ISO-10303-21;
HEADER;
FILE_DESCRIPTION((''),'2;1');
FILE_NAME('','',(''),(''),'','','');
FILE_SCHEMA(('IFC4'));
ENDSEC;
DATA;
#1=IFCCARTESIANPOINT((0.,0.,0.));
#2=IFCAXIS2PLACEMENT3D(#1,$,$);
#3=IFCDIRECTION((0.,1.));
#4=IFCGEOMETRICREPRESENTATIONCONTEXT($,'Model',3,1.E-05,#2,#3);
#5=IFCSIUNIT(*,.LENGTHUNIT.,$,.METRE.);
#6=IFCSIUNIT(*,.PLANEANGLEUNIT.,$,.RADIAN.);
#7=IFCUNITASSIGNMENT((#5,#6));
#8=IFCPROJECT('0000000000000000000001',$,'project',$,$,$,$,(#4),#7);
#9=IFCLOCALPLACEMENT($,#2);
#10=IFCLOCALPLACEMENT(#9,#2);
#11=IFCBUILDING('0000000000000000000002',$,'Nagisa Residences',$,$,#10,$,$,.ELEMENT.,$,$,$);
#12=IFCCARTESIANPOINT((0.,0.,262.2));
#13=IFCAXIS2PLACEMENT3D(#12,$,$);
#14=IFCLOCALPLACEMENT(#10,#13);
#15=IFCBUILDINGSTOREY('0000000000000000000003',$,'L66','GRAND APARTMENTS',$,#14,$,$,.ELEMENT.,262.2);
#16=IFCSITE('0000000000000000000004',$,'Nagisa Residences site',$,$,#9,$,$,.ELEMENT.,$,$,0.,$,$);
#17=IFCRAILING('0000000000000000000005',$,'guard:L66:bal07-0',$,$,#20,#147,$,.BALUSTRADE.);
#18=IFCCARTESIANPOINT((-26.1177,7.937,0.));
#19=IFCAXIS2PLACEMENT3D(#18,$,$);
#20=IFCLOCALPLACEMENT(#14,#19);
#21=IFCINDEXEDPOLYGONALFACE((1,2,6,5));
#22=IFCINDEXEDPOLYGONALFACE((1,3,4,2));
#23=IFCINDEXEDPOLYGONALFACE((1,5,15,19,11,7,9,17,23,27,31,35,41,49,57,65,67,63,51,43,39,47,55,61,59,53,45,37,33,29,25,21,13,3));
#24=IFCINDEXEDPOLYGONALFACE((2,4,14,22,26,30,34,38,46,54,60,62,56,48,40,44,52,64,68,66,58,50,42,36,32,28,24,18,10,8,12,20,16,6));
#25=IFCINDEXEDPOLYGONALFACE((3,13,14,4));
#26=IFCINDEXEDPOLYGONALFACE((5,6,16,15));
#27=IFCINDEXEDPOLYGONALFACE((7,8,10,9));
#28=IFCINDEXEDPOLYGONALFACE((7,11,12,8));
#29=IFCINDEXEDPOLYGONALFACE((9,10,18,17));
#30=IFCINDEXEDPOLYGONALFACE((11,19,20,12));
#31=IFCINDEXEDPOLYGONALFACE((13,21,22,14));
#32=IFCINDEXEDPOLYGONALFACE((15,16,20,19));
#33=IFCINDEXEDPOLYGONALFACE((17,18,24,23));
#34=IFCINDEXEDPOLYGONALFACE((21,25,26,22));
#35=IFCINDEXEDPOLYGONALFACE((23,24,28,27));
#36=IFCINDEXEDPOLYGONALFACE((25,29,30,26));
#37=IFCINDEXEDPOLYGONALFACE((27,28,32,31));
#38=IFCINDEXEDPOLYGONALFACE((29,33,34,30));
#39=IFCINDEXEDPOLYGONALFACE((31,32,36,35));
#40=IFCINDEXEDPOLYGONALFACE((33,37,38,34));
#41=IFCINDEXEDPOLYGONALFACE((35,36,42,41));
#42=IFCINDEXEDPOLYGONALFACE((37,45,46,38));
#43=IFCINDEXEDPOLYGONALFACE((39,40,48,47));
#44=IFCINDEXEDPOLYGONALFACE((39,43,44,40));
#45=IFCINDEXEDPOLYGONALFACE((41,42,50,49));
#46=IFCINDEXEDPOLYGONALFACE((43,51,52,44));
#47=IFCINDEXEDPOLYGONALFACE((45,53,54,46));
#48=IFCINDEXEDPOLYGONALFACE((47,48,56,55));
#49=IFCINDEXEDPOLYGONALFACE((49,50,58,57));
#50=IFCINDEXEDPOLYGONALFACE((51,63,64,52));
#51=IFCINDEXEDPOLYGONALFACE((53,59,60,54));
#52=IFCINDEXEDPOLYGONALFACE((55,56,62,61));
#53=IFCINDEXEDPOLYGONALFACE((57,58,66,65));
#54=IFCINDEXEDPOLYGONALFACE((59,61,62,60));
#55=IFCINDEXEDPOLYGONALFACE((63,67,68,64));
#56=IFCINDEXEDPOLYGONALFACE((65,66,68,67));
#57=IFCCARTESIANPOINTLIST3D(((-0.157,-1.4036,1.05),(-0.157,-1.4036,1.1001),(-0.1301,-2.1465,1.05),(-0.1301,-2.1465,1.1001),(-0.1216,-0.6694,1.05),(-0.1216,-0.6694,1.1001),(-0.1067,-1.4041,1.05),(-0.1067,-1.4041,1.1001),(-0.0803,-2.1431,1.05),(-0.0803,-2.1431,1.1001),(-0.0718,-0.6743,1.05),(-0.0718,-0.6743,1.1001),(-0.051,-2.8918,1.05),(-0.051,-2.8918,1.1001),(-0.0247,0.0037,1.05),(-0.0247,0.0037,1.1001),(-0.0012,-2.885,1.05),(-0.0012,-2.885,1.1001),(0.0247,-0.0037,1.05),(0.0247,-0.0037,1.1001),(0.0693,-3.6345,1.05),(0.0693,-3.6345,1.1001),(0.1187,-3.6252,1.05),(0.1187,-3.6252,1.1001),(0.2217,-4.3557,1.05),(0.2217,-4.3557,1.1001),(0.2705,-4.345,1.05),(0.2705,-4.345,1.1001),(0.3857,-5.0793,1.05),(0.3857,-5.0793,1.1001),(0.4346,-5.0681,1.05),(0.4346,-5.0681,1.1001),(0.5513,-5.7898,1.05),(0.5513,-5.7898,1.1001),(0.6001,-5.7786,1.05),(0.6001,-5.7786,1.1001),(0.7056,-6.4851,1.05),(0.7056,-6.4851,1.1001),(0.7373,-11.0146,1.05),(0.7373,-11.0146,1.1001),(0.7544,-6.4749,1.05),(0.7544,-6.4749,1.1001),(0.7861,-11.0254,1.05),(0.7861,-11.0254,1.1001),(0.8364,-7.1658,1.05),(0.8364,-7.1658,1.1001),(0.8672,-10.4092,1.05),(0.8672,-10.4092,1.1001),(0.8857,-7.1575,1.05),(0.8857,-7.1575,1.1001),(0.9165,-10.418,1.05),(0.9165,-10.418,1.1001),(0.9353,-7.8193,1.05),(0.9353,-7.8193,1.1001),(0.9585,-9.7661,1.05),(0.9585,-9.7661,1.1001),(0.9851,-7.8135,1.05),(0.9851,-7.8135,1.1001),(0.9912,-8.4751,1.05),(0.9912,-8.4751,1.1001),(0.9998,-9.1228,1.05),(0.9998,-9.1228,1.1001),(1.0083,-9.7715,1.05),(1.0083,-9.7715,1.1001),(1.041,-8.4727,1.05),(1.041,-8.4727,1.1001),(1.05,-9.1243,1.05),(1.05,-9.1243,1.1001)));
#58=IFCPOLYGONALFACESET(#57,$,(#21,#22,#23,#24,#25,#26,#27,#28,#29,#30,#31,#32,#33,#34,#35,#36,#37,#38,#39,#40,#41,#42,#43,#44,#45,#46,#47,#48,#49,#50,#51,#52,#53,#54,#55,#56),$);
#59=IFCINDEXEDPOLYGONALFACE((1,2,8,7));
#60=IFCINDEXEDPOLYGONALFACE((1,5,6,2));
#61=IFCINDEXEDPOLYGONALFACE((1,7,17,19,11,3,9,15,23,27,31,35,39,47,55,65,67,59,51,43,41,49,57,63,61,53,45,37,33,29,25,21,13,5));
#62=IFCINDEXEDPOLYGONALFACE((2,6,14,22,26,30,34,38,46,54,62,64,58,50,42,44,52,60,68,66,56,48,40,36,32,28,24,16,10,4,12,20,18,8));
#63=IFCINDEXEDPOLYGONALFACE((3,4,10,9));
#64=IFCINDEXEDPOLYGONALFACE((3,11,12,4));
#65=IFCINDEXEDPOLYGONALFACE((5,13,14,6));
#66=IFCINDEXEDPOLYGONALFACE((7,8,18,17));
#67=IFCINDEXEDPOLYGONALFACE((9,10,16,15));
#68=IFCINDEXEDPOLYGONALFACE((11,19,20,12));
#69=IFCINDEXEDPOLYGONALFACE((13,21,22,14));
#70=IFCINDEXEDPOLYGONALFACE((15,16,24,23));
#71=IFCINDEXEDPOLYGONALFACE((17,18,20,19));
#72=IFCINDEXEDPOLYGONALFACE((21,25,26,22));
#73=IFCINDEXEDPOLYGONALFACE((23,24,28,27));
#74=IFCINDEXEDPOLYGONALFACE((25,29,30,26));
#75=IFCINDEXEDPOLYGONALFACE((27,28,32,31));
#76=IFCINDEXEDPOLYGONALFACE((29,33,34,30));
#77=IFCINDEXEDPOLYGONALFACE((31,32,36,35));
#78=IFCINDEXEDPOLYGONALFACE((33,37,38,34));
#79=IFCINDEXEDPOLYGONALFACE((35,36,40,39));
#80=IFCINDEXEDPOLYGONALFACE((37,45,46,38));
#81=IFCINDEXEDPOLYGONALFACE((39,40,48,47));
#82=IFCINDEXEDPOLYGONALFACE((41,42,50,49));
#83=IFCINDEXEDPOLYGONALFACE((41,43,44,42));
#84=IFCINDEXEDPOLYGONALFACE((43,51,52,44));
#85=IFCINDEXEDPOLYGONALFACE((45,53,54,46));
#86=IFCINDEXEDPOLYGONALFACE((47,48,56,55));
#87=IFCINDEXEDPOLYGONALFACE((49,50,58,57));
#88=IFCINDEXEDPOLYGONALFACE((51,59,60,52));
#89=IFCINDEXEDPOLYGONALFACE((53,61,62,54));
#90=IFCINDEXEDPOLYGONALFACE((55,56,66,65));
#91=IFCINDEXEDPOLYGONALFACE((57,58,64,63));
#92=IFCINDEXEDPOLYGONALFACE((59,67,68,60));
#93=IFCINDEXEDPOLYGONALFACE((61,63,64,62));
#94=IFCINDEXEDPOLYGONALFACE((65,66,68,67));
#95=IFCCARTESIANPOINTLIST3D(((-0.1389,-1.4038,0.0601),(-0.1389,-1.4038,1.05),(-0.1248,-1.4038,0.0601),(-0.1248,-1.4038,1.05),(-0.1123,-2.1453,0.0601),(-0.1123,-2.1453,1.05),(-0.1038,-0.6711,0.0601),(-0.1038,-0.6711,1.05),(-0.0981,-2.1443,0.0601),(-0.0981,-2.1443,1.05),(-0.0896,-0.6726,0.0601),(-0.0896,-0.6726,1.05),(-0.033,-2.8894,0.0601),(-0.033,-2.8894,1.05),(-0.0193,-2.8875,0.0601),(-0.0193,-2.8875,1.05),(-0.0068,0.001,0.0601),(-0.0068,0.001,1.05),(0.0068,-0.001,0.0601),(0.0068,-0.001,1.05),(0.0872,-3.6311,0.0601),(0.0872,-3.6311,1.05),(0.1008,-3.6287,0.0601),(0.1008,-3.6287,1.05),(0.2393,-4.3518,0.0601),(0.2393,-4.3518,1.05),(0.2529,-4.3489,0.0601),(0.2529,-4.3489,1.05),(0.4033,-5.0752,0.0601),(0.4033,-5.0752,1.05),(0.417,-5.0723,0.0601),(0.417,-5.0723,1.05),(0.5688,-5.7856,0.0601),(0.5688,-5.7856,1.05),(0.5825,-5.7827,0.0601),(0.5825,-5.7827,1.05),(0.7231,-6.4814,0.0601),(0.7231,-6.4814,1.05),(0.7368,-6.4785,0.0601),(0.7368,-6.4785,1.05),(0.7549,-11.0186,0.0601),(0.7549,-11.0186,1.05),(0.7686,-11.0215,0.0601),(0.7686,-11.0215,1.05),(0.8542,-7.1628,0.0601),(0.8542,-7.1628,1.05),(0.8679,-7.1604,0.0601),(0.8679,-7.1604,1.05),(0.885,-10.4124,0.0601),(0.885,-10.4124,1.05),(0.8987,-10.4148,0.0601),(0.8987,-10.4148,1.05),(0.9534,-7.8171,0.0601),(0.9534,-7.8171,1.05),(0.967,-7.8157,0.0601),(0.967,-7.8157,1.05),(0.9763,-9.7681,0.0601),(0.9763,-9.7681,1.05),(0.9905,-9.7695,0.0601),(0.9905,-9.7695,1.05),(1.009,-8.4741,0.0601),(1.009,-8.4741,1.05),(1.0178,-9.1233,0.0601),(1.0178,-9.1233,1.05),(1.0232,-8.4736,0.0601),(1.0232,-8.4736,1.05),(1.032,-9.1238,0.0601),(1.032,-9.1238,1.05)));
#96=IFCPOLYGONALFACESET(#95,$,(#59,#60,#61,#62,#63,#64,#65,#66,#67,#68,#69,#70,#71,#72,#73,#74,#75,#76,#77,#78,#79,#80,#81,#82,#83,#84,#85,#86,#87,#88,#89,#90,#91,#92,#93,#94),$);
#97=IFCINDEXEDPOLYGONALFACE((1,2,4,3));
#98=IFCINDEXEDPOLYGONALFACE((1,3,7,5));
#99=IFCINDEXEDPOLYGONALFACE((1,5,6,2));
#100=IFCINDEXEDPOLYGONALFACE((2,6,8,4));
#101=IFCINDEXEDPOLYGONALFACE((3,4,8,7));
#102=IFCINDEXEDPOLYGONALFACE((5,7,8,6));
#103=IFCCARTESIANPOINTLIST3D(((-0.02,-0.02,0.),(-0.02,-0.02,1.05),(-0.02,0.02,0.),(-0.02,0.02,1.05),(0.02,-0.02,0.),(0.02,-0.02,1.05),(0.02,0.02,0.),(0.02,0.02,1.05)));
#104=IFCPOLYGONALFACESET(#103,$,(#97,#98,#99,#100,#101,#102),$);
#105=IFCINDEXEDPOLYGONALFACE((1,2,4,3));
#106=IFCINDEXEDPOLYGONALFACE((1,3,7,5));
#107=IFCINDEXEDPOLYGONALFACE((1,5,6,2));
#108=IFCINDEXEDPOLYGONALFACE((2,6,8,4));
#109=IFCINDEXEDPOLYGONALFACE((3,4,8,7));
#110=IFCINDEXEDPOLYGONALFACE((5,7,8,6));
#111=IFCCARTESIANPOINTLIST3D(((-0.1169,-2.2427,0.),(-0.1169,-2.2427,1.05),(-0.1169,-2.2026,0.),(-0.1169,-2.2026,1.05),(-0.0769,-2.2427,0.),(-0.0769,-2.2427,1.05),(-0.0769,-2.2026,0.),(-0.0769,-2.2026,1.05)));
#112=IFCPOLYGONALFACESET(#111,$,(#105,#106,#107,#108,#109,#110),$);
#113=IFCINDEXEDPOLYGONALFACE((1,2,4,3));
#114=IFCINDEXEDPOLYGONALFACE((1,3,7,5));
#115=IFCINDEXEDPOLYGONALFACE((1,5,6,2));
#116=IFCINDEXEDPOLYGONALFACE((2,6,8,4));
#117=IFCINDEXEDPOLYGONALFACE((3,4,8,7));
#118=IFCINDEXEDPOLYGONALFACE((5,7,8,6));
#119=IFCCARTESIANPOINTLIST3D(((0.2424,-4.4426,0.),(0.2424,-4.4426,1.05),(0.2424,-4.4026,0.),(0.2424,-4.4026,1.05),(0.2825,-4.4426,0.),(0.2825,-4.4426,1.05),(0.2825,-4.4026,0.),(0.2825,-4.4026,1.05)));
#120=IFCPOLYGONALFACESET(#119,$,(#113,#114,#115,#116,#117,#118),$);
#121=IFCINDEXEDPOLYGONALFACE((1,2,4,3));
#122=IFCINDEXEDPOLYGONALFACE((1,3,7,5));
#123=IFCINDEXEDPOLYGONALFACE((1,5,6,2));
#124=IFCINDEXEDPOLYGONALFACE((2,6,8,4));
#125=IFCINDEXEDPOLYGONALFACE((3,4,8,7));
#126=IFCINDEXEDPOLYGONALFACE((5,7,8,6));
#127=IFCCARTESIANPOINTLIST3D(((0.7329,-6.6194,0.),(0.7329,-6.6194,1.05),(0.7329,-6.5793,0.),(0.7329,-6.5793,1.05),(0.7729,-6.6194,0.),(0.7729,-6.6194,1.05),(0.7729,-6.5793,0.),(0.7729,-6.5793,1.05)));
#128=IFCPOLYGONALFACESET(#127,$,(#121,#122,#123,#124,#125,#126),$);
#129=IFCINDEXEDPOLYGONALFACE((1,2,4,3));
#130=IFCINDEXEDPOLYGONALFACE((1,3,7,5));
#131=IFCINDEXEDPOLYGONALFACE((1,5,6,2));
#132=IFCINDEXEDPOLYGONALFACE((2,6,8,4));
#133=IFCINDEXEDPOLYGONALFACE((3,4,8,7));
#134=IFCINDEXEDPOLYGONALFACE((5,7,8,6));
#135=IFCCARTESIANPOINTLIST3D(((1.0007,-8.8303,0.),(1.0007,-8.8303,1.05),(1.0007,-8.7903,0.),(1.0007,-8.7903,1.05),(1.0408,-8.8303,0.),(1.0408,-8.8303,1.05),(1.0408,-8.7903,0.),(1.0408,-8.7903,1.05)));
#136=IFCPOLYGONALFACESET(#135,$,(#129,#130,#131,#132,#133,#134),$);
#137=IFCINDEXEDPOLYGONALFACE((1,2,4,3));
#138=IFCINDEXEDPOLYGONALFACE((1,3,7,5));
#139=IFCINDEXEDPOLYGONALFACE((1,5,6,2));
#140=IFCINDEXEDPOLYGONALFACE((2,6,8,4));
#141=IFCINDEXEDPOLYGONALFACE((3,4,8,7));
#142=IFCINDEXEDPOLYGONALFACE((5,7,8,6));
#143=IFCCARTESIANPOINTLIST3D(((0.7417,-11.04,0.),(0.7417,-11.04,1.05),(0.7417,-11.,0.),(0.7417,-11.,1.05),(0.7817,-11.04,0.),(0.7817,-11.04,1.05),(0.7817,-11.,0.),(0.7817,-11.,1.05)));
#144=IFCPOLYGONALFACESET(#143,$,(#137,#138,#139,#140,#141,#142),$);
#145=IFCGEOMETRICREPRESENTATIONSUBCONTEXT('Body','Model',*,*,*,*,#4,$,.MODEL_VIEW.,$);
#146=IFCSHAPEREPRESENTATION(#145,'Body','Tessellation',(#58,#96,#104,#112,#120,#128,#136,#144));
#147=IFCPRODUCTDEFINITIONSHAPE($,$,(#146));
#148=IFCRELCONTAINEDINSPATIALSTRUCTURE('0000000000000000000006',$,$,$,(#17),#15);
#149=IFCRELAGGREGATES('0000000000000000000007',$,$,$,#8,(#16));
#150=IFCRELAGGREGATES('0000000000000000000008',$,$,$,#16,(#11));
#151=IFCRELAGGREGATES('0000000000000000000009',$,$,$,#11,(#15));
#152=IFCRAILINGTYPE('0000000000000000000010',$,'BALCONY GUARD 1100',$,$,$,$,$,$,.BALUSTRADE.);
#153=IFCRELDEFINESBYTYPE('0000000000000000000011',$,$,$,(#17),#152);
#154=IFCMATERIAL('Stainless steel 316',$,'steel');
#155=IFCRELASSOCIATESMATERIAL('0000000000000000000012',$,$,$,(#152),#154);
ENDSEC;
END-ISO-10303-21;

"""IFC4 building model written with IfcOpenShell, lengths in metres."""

from ifc_helpers import new_model, si_unit, direction, frame, origin, origin_2d, place, context, subcontext, project, spatial, polyline, rectangle, outline, extrude, material, type_object, element, save


model = new_model("IFC4")

# Units and contexts
model_context = context("Model", 3, precision=1e-05, world=origin(), true_north=direction((0.0, 1.0)))
body_context = subcontext(model_context, "Body", "Model", "MODEL_VIEW")
ifc_project = project(units=[si_unit("LENGTHUNIT", "METRE"), si_unit("PLANEANGLEUNIT", "RADIAN")], contexts=[model_context])

# Site, building, storey
site_placement = place(None, origin())
site = spatial("IfcSite", under=ifc_project, at=site_placement, Name="Nagisa Residences site", CompositionType="ELEMENT", RefElevation=0.0)
building_placement = place(site_placement, origin())
building = spatial("IfcBuilding", under=site, at=building_placement, Name="Nagisa Residences", CompositionType="ELEMENT")
storey_placement = place(building_placement, frame((0.0, 0.0, 262.2)))
storey = spatial("IfcBuildingStorey", under=building, at=storey_placement, Name="L66", Description="GRAND APARTMENTS", CompositionType="ELEMENT", Elevation=262.2)

# Railing
ifc_material_1 = material(Name="Stainless steel 316", Category="steel")
railing_type = type_object("IfcRailingType", Name="BALCONY GUARD 1100", PredefinedType="BALUSTRADE", material=ifc_material_1)
railing_placement = place(storey_placement, frame((-26.1177, 7.937, 0.0)))
element("IfcRailing", 1, at=railing_placement, inside=storey, type_object=railing_type, Name="guard:L66:bal07-0", PredefinedType="BALUSTRADE", context=body_context, shape_type="SweptSolid", body=[
    extrude(outline(polyline([(-0.0718, -0.6743), (0.0247, -0.0037), (-0.0247, 0.0037), (-0.1216, -0.6694), (-0.157, -1.4036), (-0.1301, -2.1465), (-0.051, -2.8918), (0.0693, -3.6345), (0.2217, -4.3557), (0.3857, -5.0793), (0.5513, -5.7898), (0.7056, -6.4851), (0.8364, -7.1658), (0.9353, -7.8193), (0.9912, -8.4751), (0.9998, -9.1228), (0.9585, -9.7661), (0.8672, -10.4092), (0.7373, -11.0146), (0.7861, -11.0254), (0.9165, -10.418), (1.0083, -9.7715), (1.05, -9.1243), (1.041, -8.4727), (0.9851, -7.8135), (0.8857, -7.1575), (0.7544, -6.4749), (0.6001, -5.7786), (0.4346, -5.0681), (0.2705, -4.345), (0.1187, -3.6252), (-0.0012, -2.885), (-0.0803, -2.1431), (-0.1067, -1.4041), (-0.0718, -0.6743)])), frame((0.0, 0.0, 1.05)), (0.0, 0.0, 1.0), 0.05),
    extrude(outline(polyline([(-0.0896, -0.6726), (0.0068, -0.001), (-0.0068, 0.001), (-0.1038, -0.6711), (-0.1389, -1.4038), (-0.1123, -2.1453), (-0.033, -2.8894), (0.0872, -3.6311), (0.2393, -4.3518), (0.4033, -5.0752), (0.5688, -5.7856), (0.7231, -6.4814), (0.8542, -7.1628), (0.9534, -7.8171), (1.009, -8.4741), (1.0178, -9.1233), (0.9763, -9.7681), (0.885, -10.4124), (0.7549, -11.0186), (0.7686, -11.0215), (0.8987, -10.4148), (0.9905, -9.7695), (1.032, -9.1238), (1.0232, -8.4736), (0.967, -7.8157), (0.8679, -7.1604), (0.7368, -6.4785), (0.5825, -5.7827), (0.417, -5.0723), (0.2529, -4.3489), (0.1008, -3.6287), (-0.0193, -2.8875), (-0.0981, -2.1443), (-0.1248, -1.4038), (-0.0896, -0.6726)])), frame((0.0, 0.0, 0.0601)), (0.0, 0.0, 1.0), 0.99),
    extrude(rectangle(XDim=0.04, YDim=0.04, at=origin_2d()), origin(), (0.0, 0.0, 1.0), 1.05),
    extrude(rectangle(XDim=0.04, YDim=0.04, at=origin_2d()), frame((-0.0969, -2.2227, 0.0)), (0.0, 0.0, 1.0), 1.05),
    extrude(rectangle(XDim=0.04, YDim=0.04, at=origin_2d()), frame((0.2625, -4.4226, 0.0)), (0.0, 0.0, 1.0), 1.05),
    extrude(rectangle(XDim=0.04, YDim=0.04, at=origin_2d()), frame((0.7529, -6.5994, 0.0)), (0.0, 0.0, 1.0), 1.05),
    extrude(rectangle(XDim=0.04, YDim=0.04, at=origin_2d()), frame((1.0208, -8.8103, 0.0)), (0.0, 0.0, 1.0), 1.05),
    extrude(rectangle(XDim=0.04, YDim=0.04, at=origin_2d()), frame((0.7617, -11.02, 0.0)), (0.0, 0.0, 1.0), 1.05),
])

save(model, "model.ifc")
